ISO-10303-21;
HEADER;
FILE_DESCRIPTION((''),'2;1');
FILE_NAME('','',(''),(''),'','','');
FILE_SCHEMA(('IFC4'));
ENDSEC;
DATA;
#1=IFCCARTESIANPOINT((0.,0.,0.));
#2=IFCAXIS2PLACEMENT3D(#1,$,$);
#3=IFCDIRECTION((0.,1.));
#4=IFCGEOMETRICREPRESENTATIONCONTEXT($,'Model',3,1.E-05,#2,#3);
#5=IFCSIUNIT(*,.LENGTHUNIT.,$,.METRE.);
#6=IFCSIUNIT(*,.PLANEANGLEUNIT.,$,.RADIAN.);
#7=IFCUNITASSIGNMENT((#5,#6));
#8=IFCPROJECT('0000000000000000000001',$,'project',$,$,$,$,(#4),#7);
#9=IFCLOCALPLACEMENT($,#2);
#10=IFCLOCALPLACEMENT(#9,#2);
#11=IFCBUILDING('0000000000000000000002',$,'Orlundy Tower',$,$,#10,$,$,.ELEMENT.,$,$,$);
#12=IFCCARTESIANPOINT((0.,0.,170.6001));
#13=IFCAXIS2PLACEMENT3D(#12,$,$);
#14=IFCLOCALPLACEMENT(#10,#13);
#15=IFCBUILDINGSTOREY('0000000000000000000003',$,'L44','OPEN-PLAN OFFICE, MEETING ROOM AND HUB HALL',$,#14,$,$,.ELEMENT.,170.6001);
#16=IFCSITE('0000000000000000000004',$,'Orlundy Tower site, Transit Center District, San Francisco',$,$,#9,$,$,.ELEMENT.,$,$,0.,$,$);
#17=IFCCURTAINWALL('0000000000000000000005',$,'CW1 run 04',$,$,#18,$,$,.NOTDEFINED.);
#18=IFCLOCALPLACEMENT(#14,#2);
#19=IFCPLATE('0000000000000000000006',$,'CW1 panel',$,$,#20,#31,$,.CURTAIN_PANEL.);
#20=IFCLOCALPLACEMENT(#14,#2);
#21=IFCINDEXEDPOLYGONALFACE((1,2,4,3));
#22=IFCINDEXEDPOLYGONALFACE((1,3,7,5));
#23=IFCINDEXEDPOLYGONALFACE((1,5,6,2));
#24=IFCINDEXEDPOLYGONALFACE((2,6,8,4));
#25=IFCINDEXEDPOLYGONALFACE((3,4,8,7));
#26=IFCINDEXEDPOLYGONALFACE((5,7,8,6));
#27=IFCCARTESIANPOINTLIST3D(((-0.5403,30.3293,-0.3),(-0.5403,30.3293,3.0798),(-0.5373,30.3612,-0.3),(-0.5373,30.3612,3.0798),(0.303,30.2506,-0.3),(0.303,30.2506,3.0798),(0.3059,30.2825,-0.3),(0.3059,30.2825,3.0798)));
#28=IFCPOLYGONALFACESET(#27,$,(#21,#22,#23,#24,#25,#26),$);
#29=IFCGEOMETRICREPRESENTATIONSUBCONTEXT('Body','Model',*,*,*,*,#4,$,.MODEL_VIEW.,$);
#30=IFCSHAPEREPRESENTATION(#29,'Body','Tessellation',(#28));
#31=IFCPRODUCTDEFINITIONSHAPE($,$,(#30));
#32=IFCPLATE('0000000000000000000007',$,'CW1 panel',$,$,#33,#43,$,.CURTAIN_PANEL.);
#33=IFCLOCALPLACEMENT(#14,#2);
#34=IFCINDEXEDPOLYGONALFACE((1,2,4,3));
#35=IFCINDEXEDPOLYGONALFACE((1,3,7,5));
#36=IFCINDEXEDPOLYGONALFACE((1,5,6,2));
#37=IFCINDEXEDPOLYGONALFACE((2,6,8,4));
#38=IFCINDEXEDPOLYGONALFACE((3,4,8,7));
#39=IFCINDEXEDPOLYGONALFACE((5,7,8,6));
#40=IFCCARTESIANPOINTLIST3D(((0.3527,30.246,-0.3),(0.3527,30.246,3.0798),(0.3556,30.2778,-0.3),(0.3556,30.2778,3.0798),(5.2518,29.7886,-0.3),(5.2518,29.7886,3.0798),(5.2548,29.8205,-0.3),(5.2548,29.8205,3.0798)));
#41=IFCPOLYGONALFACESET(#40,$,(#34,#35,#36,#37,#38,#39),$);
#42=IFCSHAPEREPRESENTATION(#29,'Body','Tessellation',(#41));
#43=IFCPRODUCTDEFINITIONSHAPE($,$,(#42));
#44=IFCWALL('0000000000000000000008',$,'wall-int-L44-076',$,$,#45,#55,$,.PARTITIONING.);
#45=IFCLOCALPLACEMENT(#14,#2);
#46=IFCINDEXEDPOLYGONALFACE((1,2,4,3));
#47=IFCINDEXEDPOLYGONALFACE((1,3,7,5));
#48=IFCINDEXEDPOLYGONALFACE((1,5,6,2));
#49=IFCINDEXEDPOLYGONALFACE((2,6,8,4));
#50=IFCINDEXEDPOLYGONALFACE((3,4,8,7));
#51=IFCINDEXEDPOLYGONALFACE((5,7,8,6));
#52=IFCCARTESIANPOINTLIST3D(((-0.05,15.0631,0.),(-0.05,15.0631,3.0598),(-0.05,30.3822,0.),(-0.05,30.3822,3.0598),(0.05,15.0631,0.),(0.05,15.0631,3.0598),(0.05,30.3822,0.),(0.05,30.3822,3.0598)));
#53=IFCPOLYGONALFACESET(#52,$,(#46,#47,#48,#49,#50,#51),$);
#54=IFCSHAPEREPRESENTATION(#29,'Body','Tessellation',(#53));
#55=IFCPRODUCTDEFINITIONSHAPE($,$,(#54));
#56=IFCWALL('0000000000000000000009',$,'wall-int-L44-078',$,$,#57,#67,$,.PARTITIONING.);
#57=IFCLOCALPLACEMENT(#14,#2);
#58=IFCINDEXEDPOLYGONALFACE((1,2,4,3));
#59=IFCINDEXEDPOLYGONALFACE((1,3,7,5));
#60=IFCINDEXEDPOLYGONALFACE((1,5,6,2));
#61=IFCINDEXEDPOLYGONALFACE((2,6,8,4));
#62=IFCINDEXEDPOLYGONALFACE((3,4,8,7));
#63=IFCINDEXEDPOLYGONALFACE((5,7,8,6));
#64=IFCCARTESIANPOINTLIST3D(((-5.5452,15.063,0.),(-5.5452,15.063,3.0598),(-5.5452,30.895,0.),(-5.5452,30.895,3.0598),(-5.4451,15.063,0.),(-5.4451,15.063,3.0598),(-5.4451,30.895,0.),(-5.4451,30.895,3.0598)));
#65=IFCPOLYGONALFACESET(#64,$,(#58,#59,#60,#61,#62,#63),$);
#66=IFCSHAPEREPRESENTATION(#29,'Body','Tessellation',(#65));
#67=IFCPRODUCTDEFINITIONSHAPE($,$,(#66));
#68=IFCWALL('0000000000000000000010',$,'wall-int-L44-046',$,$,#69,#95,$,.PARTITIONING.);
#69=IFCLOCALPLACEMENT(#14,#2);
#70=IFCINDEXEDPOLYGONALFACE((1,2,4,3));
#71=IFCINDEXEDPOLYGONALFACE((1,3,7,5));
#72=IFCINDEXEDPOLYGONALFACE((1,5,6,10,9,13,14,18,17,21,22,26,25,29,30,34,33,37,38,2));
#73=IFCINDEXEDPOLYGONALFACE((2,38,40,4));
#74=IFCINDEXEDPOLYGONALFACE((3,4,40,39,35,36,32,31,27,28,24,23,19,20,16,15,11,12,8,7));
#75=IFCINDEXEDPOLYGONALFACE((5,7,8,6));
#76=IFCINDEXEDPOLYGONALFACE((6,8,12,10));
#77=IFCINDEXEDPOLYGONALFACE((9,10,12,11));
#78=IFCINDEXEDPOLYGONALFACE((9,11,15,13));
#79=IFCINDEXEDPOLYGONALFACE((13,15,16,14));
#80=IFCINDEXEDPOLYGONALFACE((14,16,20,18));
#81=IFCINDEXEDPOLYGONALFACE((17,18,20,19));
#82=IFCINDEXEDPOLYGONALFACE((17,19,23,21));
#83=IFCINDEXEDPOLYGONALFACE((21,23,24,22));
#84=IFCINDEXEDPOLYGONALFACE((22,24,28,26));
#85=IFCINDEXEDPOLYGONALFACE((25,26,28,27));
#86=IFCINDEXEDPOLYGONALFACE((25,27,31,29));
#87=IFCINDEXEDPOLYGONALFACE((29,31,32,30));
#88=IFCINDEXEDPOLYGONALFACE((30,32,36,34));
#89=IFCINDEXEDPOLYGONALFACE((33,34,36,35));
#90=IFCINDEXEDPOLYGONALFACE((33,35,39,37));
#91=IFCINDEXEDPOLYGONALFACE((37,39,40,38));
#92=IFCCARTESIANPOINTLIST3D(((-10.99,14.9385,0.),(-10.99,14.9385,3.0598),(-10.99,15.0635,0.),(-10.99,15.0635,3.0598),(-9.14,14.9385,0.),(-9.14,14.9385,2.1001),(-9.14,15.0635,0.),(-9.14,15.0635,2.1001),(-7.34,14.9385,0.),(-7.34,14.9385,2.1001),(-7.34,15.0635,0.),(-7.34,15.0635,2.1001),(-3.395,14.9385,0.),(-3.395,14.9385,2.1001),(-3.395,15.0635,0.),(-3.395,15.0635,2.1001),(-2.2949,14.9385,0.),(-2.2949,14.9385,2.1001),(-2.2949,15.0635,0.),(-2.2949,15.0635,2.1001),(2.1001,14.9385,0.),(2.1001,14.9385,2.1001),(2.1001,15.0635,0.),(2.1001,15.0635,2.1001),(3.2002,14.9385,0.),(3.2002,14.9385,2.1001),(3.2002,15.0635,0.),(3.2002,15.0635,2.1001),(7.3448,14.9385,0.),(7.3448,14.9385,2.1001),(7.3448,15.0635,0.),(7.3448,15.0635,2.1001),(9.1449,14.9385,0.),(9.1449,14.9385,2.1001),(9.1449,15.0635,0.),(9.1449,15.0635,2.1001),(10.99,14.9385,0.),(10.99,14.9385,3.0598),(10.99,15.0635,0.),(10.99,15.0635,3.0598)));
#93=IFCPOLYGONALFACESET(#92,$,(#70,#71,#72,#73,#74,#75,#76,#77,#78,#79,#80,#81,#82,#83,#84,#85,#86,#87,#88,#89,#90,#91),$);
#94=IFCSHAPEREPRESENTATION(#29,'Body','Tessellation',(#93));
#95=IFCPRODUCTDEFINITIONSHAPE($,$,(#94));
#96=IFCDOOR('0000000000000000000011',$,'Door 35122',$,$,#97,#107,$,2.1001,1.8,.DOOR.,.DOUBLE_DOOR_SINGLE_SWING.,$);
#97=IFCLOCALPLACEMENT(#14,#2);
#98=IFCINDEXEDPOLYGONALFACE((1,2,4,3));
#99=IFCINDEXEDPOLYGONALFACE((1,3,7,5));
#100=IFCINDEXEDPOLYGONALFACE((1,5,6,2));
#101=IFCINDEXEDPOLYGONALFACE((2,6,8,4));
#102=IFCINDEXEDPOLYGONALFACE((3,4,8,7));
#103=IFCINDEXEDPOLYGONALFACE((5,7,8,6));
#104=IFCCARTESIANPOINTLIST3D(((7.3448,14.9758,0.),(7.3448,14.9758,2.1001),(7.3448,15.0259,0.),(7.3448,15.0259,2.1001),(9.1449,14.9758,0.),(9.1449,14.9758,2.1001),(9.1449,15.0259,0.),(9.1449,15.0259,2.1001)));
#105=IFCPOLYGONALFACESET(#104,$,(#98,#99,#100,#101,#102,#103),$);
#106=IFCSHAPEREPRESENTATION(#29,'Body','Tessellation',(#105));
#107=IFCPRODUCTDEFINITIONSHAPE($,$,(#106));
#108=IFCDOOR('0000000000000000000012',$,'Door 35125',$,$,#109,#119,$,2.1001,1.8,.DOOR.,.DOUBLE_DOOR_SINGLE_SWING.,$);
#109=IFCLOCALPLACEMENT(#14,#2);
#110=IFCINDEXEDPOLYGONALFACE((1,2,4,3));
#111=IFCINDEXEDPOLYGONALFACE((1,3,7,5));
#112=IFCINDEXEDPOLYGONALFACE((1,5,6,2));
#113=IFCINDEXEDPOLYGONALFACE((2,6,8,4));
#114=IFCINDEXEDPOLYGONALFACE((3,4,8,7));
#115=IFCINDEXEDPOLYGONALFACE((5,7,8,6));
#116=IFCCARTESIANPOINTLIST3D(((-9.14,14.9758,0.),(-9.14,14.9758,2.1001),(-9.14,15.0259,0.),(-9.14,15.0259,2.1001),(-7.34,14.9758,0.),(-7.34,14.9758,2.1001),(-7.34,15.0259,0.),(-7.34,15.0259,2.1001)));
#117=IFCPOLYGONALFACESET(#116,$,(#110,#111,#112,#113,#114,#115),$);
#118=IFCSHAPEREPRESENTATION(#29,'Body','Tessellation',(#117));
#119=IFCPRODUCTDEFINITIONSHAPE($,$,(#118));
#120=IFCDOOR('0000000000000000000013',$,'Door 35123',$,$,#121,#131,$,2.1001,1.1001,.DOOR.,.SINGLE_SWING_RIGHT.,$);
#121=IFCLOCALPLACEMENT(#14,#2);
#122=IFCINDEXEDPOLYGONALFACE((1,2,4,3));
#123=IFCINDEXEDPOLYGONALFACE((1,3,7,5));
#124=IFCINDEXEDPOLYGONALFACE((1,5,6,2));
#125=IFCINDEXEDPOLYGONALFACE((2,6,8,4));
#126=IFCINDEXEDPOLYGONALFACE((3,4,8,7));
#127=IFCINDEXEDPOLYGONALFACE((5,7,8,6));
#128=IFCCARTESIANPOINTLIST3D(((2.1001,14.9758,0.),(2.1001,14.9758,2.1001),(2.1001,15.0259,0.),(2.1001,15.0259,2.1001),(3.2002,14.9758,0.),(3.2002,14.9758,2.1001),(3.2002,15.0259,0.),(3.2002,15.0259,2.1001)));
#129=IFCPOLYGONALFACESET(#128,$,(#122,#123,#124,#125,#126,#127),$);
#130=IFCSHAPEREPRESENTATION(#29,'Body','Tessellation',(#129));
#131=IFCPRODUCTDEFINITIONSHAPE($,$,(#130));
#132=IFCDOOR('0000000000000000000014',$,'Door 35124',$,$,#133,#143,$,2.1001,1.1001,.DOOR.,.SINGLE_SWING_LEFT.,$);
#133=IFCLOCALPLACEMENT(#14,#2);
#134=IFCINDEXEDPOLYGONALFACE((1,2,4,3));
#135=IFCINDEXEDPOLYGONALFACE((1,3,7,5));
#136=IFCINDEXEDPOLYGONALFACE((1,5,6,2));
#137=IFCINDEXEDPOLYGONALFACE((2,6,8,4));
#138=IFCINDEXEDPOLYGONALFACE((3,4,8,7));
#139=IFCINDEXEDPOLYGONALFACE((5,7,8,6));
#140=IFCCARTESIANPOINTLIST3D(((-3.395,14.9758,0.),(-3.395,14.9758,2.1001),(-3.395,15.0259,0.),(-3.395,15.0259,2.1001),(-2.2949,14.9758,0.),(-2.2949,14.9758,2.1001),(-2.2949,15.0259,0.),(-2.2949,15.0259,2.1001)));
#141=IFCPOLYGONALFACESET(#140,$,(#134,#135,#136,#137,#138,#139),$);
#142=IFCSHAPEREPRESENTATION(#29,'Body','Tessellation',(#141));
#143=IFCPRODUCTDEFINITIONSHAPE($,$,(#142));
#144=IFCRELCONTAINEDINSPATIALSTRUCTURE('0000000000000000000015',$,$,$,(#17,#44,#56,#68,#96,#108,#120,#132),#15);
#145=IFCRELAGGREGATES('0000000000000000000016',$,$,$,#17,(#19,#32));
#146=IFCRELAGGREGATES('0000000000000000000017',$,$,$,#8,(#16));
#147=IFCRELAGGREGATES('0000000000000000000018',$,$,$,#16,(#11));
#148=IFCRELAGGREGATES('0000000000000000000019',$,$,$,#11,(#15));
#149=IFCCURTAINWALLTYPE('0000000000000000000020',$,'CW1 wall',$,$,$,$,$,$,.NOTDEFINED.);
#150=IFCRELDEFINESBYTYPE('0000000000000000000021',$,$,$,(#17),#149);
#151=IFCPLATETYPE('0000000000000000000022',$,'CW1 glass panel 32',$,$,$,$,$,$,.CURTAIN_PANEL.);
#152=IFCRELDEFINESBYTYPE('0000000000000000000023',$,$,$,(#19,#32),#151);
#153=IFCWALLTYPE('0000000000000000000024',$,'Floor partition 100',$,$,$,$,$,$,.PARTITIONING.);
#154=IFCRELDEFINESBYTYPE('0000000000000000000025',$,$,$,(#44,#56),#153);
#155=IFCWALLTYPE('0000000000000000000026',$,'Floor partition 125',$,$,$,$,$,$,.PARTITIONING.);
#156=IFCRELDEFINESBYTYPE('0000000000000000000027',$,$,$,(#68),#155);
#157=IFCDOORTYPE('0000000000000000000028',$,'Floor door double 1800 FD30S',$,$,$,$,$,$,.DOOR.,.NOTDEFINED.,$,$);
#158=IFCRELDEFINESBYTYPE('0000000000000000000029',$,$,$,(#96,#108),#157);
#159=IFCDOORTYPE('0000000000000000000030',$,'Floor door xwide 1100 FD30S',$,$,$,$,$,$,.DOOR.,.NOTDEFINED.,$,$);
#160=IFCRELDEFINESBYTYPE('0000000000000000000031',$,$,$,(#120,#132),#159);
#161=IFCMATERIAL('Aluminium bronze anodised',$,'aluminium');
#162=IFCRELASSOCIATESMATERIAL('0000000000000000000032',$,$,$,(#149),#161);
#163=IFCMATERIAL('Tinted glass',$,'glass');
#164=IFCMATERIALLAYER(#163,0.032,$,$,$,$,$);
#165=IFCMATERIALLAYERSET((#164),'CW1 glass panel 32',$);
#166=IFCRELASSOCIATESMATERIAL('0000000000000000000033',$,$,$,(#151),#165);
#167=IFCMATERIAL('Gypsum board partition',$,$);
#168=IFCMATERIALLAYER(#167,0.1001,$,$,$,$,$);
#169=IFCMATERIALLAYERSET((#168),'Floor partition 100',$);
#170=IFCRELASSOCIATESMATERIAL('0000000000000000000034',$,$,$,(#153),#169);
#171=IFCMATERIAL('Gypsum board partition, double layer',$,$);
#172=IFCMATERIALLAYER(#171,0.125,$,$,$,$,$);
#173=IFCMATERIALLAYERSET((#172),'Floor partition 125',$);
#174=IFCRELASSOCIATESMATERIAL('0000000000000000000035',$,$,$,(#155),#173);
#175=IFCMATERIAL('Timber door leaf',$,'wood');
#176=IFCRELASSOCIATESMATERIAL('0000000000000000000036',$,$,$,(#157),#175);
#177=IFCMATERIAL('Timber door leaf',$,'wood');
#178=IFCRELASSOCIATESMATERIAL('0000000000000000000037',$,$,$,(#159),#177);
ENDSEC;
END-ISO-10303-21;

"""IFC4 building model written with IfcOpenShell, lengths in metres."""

from ifc_helpers import new_model, si_unit, direction, frame, frame_2d, origin, origin_2d, place, context, subcontext, project, spatial, rectangle, extrude, material, layer, layer_set, type_object, element, fill, aggregate, save


model = new_model("IFC4")

# Units and contexts
model_context = context("Model", 3, precision=1e-05, world=origin(), true_north=direction((0.0, 1.0)))
body_context = subcontext(model_context, "Body", "Model", "MODEL_VIEW")
ifc_project = project(units=[si_unit("LENGTHUNIT", "METRE"), si_unit("PLANEANGLEUNIT", "RADIAN")], contexts=[model_context])

# Site, building, storey
site_placement = place(None, origin())
site = spatial("IfcSite", under=ifc_project, at=site_placement, Name="Orlundy Tower site, Transit Center District, San Francisco", CompositionType="ELEMENT", RefElevation=0.0)
building_placement = place(site_placement, origin())
building = spatial("IfcBuilding", under=site, at=building_placement, Name="Orlundy Tower", CompositionType="ELEMENT")
storey_placement = place(building_placement, frame((0.0, 0.0, 170.6001)))
storey = spatial("IfcBuildingStorey", under=building, at=storey_placement, Name="L44", Description="OPEN-PLAN OFFICE, MEETING ROOM AND HUB HALL", CompositionType="ELEMENT", Elevation=170.6001)

# Curtain wall
ifc_material_1 = material(Name="Aluminium bronze anodised", Category="aluminium")
curtain_wall_type = type_object("IfcCurtainWallType", Name="CW1 wall", PredefinedType="NOTDEFINED", material=ifc_material_1)
curtain_wall_1_placement = place(storey_placement, origin())
curtain_wall_1 = element("IfcCurtainWall", 1, at=curtain_wall_1_placement, inside=storey, type_object=curtain_wall_type, Name="CW1 run 04", PredefinedType="NOTDEFINED")

# Plates
ifc_material_2 = material(Name="Tinted glass", Category="glass")
ifc_layer_1 = layer(ifc_material_2, 0.032)
ifc_layer_set_1 = layer_set([ifc_layer_1], Name="CW1 glass panel 32")
plate_type = type_object("IfcPlateType", Name="CW1 glass panel 32", PredefinedType="CURTAIN_PANEL", material=ifc_layer_set_1)
plate_1_placement = place(storey_placement, frame((-0.1172, 30.3059, -0.3), z_axis=(0.0, 0.0, 1.0), x_axis=(0.995671, -0.092948, 0.0)))
plate_1 = element("IfcPlate", 2, at=plate_1_placement, type_object=plate_type, Name="CW1 panel", PredefinedType="CURTAIN_PANEL", context=body_context, shape_type="SweptSolid", body=[
    extrude(rectangle(XDim=0.8469, YDim=0.032, at=origin_2d()), origin(), (0.0, 0.0, 1.0), 3.3799),
])
plate_2_placement = place(storey_placement, frame((2.8037, 30.0332, -0.3), z_axis=(0.0, 0.0, 1.0), x_axis=(0.995671, -0.092948, 0.0)))
plate_2 = element("IfcPlate", 3, at=plate_2_placement, type_object=plate_type, Name="CW1 panel", PredefinedType="CURTAIN_PANEL", context=body_context, shape_type="SweptSolid", body=[
    extrude(rectangle(XDim=4.9204, YDim=0.032, at=origin_2d()), origin(), (0.0, 0.0, 1.0), 3.3799),
])
aggregate(curtain_wall_1, [plate_1, plate_2])

# Walls
ifc_material_3 = material(Name="Gypsum board partition")
ifc_layer_2 = layer(ifc_material_3, 0.1001)
ifc_layer_set_2 = layer_set([ifc_layer_2], Name="Floor partition 100")
wall_type_1 = type_object("IfcWallType", Name="Floor partition 100", PredefinedType="PARTITIONING", material=ifc_layer_set_2)
wall_1_placement = place(storey_placement, frame((0.0, 15.063, 0.0), z_axis=(0.0, 0.0, 1.0), x_axis=(0.0, 1.0, 0.0)))
element("IfcWall", 4, at=wall_1_placement, inside=storey, type_object=wall_type_1, Name="wall-int-L44-076", PredefinedType="PARTITIONING", context=body_context, shape_type="SweptSolid", body=[
    extrude(rectangle(XDim=15.3191, YDim=0.1001, at=frame_2d((7.6597, 0.0))), origin(), (0.0, 0.0, 1.0), 3.0598),
])
wall_2_placement = place(storey_placement, frame((-5.4951, 15.063, 0.0), z_axis=(0.0, 0.0, 1.0), x_axis=(0.0, 1.0, 0.0)))
element("IfcWall", 5, at=wall_2_placement, inside=storey, type_object=wall_type_1, Name="wall-int-L44-078", PredefinedType="PARTITIONING", context=body_context, shape_type="SweptSolid", body=[
    extrude(rectangle(XDim=15.832, YDim=0.1001, at=frame_2d((7.916, 0.0))), origin(), (0.0, 0.0, 1.0), 3.0598),
])

# Wall, openings, doors
ifc_material_4 = material(Name="Gypsum board partition, double layer")
ifc_layer_3 = layer(ifc_material_4, 0.125)
ifc_layer_set_3 = layer_set([ifc_layer_3], Name="Floor partition 125")
wall_type_2 = type_object("IfcWallType", Name="Floor partition 125", PredefinedType="PARTITIONING", material=ifc_layer_set_3)
wall_3_placement = place(storey_placement, frame((-10.99, 15.001, 0.0), z_axis=(0.0, 0.0, 1.0), x_axis=(1.0, 0.0, 0.0)))
wall_3 = element("IfcWall", 6, at=wall_3_placement, inside=storey, type_object=wall_type_2, Name="wall-int-L44-046", PredefinedType="PARTITIONING", context=body_context, shape_type="SweptSolid", body=[
    extrude(rectangle(XDim=21.98, YDim=0.125, at=frame_2d((10.99, 0.0))), origin(), (0.0, 0.0, 1.0), 3.0598),
])
opening_1_placement = place(wall_3_placement, frame((18.335, 0.0, 0.0)))
opening_1 = element("IfcOpeningElement", 7, at=opening_1_placement, cuts=wall_3, PredefinedType="OPENING", context=body_context, shape_type="SweptSolid", body=[
    extrude(rectangle(XDim=1.8, YDim=2.1001, at=frame_2d((0.8999, 1.05))), frame((0.0, 0.0725, 0.0), z_axis=(0.0, -1.0, 0.0), x_axis=(1.0, 0.0, 0.0)), (0.0, 0.0, 1.0), 0.145),
])
opening_2_placement = place(wall_3_placement, frame((13.0901, 0.0, 0.0)))
opening_2 = element("IfcOpeningElement", 8, at=opening_2_placement, cuts=wall_3, PredefinedType="OPENING", context=body_context, shape_type="SweptSolid", body=[
    extrude(rectangle(XDim=1.1001, YDim=2.1001, at=frame_2d((0.55, 1.05))), frame((0.0, 0.0725, 0.0), z_axis=(0.0, -1.0, 0.0), x_axis=(1.0, 0.0, 0.0)), (0.0, 0.0, 1.0), 0.145),
])
opening_3_placement = place(wall_3_placement, frame((7.595, 0.0, 0.0)))
opening_3 = element("IfcOpeningElement", 9, at=opening_3_placement, cuts=wall_3, PredefinedType="OPENING", context=body_context, shape_type="SweptSolid", body=[
    extrude(rectangle(XDim=1.1001, YDim=2.1001, at=frame_2d((0.55, 1.05))), frame((0.0, 0.0725, 0.0), z_axis=(0.0, -1.0, 0.0), x_axis=(1.0, 0.0, 0.0)), (0.0, 0.0, 1.0), 0.145),
])
opening_4_placement = place(wall_3_placement, frame((1.8501, 0.0, 0.0)))
opening_4 = element("IfcOpeningElement", 10, at=opening_4_placement, cuts=wall_3, PredefinedType="OPENING", context=body_context, shape_type="SweptSolid", body=[
    extrude(rectangle(XDim=1.8, YDim=2.1001, at=frame_2d((0.8999, 1.05))), frame((0.0, 0.0725, 0.0), z_axis=(0.0, -1.0, 0.0), x_axis=(1.0, 0.0, 0.0)), (0.0, 0.0, 1.0), 0.145),
])
ifc_material_5 = material(Name="Timber door leaf", Category="wood")
door_type_1 = type_object("IfcDoorType", Name="Floor door double 1800 FD30S", OperationType="NOTDEFINED", PredefinedType="DOOR", material=ifc_material_5)
door_1_placement = place(opening_1_placement, origin())
door_1 = element("IfcDoor", 11, at=door_1_placement, inside=storey, type_object=door_type_1, Name="Door 35122", OperationType="DOUBLE_DOOR_SINGLE_SWING", OverallHeight=2.1001, OverallWidth=1.8, PredefinedType="DOOR", context=body_context, shape_type="SweptSolid", body=[
    extrude(rectangle(XDim=1.8, YDim=2.1001, at=frame_2d((0.8999, 1.05))), frame((0.0, 0.0249, 0.0), z_axis=(0.0, -1.0, 0.0), x_axis=(1.0, 0.0, 0.0)), (0.0, 0.0, 1.0), 0.05),
])
fill(opening_1, door_1)
door_2_placement = place(opening_4_placement, origin())
door_2 = element("IfcDoor", 12, at=door_2_placement, inside=storey, type_object=door_type_1, Name="Door 35125", OperationType="DOUBLE_DOOR_SINGLE_SWING", OverallHeight=2.1001, OverallWidth=1.8, PredefinedType="DOOR", context=body_context, shape_type="SweptSolid", body=[
    extrude(rectangle(XDim=1.8, YDim=2.1001, at=frame_2d((0.8999, 1.05))), frame((0.0, 0.0249, 0.0), z_axis=(0.0, -1.0, 0.0), x_axis=(1.0, 0.0, 0.0)), (0.0, 0.0, 1.0), 0.05),
])
fill(opening_4, door_2)
ifc_material_6 = material(Name="Timber door leaf", Category="wood")
door_type_2 = type_object("IfcDoorType", Name="Floor door xwide 1100 FD30S", OperationType="NOTDEFINED", PredefinedType="DOOR", material=ifc_material_6)
door_3_placement = place(opening_2_placement, origin())
door_3 = element("IfcDoor", 13, at=door_3_placement, inside=storey, type_object=door_type_2, Name="Door 35123", OperationType="SINGLE_SWING_RIGHT", OverallHeight=2.1001, OverallWidth=1.1001, PredefinedType="DOOR", context=body_context, shape_type="SweptSolid", body=[
    extrude(rectangle(XDim=1.1001, YDim=2.1001, at=frame_2d((0.55, 1.05))), frame((0.0, 0.0249, 0.0), z_axis=(0.0, -1.0, 0.0), x_axis=(1.0, 0.0, 0.0)), (0.0, 0.0, 1.0), 0.05),
])
fill(opening_2, door_3)
door_4_placement = place(opening_3_placement, origin())
door_4 = element("IfcDoor", 14, at=door_4_placement, inside=storey, type_object=door_type_2, Name="Door 35124", OperationType="SINGLE_SWING_LEFT", OverallHeight=2.1001, OverallWidth=1.1001, PredefinedType="DOOR", context=body_context, shape_type="SweptSolid", body=[
    extrude(rectangle(XDim=1.1001, YDim=2.1001, at=frame_2d((0.55, 1.05))), frame((0.0, 0.0249, 0.0), z_axis=(0.0, -1.0, 0.0), x_axis=(1.0, 0.0, 0.0)), (0.0, 0.0, 1.0), 0.05),
])
fill(opening_3, door_4)

save(model, "model.ifc")
